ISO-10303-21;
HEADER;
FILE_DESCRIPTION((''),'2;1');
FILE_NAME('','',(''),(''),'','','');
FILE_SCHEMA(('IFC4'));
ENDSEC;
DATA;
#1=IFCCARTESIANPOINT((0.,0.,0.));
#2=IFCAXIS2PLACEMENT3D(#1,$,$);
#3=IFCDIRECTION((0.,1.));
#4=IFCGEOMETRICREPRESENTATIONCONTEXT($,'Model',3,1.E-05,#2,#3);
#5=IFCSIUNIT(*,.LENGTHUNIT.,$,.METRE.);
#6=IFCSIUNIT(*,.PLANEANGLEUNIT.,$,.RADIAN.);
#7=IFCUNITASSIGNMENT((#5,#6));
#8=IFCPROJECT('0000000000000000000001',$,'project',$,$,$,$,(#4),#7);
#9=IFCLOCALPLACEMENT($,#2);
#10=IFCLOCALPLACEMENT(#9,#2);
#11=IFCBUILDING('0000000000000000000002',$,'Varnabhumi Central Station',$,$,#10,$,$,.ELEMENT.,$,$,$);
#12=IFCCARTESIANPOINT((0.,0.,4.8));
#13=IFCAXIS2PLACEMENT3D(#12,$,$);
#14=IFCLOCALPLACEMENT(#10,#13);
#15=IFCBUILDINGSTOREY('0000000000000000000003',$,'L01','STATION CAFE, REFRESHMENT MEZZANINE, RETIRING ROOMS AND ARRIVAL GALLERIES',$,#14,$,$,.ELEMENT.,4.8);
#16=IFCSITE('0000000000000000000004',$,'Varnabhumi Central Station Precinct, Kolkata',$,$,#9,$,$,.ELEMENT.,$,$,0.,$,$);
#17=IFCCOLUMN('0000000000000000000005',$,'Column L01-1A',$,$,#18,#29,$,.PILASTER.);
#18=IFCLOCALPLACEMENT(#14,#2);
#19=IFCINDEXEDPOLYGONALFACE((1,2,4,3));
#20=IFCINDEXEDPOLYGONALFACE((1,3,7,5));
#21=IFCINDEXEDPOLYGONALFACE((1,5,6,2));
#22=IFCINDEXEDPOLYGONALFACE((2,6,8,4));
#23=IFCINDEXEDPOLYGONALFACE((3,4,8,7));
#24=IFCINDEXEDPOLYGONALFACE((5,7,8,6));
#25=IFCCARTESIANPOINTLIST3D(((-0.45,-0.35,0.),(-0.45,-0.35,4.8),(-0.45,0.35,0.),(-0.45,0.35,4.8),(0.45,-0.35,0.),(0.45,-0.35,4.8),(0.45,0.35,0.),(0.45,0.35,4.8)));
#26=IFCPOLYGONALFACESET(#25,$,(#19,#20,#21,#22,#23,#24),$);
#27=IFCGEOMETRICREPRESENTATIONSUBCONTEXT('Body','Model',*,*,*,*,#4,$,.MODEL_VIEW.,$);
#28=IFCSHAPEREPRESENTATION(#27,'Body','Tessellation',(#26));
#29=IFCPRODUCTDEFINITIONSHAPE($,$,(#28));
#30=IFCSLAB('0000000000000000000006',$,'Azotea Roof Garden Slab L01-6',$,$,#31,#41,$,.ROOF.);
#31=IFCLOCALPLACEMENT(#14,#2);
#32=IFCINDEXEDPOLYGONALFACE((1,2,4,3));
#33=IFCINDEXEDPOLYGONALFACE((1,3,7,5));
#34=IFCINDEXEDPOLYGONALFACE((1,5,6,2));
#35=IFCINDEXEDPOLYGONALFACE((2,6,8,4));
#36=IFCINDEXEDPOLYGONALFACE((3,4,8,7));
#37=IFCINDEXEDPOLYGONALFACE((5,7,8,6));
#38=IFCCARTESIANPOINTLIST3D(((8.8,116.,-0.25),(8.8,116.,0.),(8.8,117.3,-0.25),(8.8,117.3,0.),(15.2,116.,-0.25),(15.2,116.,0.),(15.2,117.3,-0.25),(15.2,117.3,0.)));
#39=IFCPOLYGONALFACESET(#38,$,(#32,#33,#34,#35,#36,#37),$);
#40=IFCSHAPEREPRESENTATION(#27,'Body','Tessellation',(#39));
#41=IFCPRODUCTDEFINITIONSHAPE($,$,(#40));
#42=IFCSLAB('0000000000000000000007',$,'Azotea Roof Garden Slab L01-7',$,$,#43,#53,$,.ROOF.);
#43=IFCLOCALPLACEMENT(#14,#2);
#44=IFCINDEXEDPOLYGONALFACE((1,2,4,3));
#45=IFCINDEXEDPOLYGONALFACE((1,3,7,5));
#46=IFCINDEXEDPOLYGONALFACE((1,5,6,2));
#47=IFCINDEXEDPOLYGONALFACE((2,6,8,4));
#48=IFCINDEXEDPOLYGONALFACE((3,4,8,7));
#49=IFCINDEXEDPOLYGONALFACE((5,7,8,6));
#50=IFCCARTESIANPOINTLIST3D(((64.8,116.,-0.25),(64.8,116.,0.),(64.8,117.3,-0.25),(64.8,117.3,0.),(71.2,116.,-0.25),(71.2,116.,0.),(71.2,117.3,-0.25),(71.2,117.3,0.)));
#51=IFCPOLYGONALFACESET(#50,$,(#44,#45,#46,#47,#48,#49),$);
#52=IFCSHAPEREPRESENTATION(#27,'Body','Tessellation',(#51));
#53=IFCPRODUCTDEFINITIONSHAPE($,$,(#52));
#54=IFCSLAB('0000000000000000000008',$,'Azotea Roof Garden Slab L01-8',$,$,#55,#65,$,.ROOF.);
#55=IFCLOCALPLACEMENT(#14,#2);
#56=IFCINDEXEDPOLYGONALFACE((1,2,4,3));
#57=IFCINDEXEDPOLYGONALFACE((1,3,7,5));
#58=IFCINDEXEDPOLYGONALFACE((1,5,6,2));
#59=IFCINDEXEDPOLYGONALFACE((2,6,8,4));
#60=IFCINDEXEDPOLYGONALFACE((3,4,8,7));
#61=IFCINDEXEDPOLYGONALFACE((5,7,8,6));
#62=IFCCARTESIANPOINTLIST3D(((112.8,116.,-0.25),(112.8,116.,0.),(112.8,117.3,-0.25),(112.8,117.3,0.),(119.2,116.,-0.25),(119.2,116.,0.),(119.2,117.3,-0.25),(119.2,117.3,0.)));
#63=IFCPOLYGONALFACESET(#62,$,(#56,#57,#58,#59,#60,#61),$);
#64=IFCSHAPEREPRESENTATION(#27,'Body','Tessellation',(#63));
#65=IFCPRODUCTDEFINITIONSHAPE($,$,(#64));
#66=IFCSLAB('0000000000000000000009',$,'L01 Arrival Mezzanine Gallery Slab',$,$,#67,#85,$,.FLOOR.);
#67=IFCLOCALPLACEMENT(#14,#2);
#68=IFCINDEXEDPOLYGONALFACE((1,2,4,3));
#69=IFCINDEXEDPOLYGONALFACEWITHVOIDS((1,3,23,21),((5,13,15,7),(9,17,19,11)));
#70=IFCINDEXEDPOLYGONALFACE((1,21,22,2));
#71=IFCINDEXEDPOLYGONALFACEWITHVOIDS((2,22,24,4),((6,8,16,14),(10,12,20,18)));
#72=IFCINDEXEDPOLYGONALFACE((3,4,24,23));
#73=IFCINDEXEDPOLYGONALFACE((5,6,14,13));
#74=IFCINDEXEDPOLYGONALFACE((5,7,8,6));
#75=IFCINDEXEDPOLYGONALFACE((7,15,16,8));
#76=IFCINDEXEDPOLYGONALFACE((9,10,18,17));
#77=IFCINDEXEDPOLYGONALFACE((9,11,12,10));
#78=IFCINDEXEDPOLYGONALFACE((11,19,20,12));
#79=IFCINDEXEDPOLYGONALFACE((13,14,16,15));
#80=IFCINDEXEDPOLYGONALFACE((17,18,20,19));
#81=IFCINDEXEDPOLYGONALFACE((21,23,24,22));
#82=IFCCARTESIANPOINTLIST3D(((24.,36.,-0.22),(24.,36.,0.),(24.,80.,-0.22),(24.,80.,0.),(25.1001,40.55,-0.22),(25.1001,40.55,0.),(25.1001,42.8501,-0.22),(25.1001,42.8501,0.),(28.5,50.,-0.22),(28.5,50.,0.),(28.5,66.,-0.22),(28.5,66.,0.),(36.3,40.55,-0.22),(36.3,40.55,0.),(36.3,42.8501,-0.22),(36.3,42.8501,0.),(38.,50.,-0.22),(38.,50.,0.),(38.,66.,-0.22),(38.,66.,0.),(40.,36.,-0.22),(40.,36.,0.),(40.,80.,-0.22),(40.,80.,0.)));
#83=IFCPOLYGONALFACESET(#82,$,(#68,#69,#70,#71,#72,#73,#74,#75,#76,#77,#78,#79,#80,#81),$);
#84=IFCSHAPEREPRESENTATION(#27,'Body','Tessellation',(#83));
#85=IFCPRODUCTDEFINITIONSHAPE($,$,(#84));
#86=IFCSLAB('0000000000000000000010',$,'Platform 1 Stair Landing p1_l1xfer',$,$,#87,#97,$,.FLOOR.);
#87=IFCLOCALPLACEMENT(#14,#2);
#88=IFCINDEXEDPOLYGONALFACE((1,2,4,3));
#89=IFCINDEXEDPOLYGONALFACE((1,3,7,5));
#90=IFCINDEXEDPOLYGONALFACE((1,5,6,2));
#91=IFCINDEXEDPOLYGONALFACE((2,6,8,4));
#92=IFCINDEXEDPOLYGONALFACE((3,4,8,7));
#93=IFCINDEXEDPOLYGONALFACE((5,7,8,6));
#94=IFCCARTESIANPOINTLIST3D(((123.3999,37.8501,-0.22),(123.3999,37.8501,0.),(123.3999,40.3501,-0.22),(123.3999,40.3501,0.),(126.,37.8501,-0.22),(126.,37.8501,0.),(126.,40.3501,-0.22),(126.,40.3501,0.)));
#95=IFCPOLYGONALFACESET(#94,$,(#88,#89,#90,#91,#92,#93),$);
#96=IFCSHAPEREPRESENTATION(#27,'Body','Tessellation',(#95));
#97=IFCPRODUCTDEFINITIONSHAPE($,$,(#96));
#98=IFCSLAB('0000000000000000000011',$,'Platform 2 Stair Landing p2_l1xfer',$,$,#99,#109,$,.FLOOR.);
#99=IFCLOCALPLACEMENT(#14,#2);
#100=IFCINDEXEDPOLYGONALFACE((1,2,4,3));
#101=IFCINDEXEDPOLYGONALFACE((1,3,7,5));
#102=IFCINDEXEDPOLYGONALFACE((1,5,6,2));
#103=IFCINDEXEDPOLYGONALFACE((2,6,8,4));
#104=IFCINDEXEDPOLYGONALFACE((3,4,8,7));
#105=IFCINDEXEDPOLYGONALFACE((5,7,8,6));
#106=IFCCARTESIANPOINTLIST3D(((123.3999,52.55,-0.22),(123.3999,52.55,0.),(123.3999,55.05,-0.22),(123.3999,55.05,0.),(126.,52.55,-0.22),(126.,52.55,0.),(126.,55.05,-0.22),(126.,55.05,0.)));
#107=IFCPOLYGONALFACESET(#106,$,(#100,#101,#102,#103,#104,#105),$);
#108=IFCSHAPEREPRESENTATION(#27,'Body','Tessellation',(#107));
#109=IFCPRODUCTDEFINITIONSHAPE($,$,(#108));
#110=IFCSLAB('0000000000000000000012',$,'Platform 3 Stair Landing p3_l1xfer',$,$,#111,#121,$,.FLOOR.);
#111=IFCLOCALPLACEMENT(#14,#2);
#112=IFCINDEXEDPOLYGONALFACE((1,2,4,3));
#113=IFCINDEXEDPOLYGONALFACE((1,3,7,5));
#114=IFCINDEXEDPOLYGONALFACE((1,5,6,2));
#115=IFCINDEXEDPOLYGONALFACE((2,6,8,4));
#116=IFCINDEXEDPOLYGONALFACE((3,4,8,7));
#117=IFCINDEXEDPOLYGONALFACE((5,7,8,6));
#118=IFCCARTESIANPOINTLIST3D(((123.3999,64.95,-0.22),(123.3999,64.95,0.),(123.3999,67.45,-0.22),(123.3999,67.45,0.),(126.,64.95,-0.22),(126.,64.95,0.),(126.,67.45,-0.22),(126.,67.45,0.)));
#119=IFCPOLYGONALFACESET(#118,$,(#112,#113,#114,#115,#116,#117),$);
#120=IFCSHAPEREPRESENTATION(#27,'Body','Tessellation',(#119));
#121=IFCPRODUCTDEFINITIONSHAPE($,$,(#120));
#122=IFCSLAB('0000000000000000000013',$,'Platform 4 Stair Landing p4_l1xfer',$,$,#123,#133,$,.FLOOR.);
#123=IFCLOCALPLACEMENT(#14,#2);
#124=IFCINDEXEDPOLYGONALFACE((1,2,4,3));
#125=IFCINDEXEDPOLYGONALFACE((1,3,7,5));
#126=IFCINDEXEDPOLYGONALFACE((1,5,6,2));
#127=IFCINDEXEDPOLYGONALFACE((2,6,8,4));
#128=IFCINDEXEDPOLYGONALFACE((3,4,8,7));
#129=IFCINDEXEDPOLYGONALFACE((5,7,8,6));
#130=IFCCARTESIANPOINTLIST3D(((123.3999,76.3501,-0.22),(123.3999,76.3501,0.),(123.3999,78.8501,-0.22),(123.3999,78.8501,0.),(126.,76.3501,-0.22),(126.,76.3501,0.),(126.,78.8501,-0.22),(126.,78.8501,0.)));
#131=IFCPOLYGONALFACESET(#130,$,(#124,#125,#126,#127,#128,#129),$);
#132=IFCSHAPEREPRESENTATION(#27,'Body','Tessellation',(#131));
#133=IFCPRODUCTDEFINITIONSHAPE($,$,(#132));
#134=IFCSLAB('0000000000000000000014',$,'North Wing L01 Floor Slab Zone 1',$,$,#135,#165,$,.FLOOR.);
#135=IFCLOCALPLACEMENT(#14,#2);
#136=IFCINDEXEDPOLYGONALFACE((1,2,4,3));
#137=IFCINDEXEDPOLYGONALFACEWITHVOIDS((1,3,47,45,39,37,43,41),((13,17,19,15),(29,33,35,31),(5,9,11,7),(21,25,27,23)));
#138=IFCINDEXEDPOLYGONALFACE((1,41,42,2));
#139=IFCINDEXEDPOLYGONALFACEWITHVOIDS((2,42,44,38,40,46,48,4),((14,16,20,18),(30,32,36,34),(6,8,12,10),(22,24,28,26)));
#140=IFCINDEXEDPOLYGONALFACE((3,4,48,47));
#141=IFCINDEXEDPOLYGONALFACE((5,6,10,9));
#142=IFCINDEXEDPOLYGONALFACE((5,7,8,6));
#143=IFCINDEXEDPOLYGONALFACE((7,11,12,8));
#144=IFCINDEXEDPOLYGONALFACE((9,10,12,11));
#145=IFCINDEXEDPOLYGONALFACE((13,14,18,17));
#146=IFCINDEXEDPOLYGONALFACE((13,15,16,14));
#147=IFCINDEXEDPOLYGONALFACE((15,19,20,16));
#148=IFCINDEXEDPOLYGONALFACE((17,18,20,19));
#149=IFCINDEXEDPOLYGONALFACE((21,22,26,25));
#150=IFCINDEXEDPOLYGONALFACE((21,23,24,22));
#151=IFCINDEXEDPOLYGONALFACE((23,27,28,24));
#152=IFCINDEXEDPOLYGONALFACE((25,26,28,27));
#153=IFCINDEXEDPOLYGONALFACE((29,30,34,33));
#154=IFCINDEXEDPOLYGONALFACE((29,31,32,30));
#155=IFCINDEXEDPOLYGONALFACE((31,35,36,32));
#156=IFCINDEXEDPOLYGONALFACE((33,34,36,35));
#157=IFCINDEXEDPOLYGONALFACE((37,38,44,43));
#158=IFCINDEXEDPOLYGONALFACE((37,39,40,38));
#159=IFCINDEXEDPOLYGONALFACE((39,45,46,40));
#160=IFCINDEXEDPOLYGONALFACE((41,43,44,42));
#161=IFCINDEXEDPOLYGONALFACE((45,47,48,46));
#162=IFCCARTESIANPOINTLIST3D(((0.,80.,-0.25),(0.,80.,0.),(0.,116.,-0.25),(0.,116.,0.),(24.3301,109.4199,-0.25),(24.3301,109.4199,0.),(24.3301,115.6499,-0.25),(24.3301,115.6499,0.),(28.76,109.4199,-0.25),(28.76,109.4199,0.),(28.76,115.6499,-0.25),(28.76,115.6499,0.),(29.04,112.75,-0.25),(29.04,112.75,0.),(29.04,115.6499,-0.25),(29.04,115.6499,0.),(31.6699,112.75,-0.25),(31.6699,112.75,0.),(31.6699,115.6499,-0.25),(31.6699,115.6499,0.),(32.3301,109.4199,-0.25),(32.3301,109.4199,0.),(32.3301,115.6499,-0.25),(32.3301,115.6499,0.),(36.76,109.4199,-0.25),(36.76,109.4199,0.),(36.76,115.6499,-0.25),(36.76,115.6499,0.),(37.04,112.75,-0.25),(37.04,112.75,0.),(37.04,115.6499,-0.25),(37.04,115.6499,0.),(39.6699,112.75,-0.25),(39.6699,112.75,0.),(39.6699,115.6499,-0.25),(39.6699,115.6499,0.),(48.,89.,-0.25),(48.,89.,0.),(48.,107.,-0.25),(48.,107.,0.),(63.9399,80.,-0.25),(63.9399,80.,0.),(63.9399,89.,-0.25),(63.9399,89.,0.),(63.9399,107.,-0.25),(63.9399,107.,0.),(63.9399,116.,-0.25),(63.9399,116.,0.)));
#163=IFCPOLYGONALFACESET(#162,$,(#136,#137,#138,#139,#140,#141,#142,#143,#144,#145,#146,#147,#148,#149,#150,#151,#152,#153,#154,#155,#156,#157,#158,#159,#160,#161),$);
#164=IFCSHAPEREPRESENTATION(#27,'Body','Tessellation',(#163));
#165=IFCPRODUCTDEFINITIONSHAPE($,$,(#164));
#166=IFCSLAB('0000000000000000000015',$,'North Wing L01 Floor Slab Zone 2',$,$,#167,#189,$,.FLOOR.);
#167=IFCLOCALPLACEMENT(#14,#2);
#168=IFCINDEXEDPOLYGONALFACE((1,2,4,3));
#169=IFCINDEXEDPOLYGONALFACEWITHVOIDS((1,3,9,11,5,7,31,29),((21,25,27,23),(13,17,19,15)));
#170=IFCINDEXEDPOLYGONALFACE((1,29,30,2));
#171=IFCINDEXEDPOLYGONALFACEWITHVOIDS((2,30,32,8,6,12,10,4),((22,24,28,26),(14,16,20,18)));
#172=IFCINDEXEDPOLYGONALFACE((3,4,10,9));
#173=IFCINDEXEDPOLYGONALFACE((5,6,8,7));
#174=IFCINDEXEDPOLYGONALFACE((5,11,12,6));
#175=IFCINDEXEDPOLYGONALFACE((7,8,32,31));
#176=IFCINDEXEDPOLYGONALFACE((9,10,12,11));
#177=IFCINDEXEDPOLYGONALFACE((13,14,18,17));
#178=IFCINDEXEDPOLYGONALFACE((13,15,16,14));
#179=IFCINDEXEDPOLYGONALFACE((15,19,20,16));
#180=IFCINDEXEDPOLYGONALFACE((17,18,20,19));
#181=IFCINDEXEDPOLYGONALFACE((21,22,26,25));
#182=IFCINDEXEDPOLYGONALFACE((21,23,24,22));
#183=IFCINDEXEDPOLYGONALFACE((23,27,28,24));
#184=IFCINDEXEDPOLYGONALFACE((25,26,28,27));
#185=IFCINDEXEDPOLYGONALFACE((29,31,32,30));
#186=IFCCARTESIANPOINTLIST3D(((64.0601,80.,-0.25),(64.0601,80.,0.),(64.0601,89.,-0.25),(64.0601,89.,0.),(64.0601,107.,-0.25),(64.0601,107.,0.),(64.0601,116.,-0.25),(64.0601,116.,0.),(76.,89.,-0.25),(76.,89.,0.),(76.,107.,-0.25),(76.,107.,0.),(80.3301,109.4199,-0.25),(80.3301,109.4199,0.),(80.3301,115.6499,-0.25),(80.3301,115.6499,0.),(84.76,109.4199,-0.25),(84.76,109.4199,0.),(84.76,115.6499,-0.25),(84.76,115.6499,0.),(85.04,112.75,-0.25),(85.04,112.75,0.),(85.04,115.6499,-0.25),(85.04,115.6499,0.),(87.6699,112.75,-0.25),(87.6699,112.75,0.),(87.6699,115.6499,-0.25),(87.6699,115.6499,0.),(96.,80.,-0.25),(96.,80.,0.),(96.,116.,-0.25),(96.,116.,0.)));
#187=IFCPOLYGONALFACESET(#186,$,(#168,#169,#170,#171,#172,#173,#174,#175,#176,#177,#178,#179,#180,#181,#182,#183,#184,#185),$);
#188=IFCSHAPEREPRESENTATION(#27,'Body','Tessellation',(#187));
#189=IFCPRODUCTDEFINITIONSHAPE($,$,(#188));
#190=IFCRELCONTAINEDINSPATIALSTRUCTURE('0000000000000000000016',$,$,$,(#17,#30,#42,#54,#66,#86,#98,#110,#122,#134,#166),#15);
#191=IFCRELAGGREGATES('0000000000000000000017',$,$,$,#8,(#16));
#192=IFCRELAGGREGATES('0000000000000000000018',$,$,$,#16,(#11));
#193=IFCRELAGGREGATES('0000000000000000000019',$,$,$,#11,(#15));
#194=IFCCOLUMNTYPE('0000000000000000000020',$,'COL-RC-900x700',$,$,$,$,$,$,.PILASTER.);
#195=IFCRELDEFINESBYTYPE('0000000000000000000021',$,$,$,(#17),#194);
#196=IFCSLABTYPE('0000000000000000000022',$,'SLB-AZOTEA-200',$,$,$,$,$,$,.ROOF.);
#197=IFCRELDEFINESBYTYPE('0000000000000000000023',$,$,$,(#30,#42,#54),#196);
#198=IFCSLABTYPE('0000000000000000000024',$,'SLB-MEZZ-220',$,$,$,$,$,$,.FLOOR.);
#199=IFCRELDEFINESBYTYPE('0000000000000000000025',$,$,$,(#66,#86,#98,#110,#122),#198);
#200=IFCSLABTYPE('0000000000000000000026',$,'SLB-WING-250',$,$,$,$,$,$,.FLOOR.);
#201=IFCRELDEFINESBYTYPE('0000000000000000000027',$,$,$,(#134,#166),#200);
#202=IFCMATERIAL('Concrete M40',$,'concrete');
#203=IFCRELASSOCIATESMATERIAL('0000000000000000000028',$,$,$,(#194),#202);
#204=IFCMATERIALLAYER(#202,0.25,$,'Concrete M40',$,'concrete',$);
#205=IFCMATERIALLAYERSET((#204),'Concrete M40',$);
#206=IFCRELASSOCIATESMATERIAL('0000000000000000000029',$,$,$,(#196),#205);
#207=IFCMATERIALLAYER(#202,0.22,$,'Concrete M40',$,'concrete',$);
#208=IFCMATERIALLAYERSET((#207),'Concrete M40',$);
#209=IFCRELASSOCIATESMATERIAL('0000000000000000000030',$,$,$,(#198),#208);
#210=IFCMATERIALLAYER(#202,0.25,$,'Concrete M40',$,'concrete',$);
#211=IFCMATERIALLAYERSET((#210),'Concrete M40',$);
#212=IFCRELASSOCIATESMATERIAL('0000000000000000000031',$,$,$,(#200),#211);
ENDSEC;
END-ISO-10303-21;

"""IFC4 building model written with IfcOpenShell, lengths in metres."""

from ifc_helpers import new_model, si_unit, direction, frame, origin, origin_with_axes, origin_2d, place, context, subcontext, project, spatial, polyline, rectangle, outline, extrude, material, layer, layer_set, material_profile, profile_set, type_object, element, save


model = new_model("IFC4")

# Units and contexts
model_context = context("Model", 3, precision=1e-05, world=origin(), true_north=direction((0.0, 1.0)))
body_context = subcontext(model_context, "Body", "Model", "MODEL_VIEW")
ifc_project = project(units=[si_unit("LENGTHUNIT", "METRE"), si_unit("PLANEANGLEUNIT", "RADIAN")], contexts=[model_context])

# Site, building, storey
site_placement = place(None, origin())
site = spatial("IfcSite", under=ifc_project, at=site_placement, Name="Varnabhumi Central Station Precinct, Kolkata", CompositionType="ELEMENT", RefElevation=0.0)
building_placement = place(site_placement, origin())
building = spatial("IfcBuilding", under=site, at=building_placement, Name="Varnabhumi Central Station", CompositionType="ELEMENT")
storey_placement = place(building_placement, frame((0.0, 0.0, 4.8)))
storey = spatial("IfcBuildingStorey", under=building, at=storey_placement, Name="L01", Description="STATION CAFE, REFRESHMENT MEZZANINE, RETIRING ROOMS AND ARRIVAL GALLERIES", CompositionType="ELEMENT", Elevation=4.8)

# Column
ifc_material_1 = material(Name="Concrete M40", Category="concrete")
ifc_material_profile = material_profile(ifc_material_1, rectangle(XDim=0.8999, YDim=0.7, at=origin_2d()), Name="Concrete M40", Category="concrete")
ifc_profile_set = profile_set([ifc_material_profile], Name="Concrete M40")
column_type = type_object("IfcColumnType", Name="COL-RC-900x700", PredefinedType="PILASTER", material=ifc_profile_set)
column_placement = place(storey_placement, origin_with_axes())
element("IfcColumn", 1, at=column_placement, inside=storey, type_object=column_type, Name="Column L01-1A", PredefinedType="PILASTER", context=body_context, shape_type="SweptSolid", body=[
    extrude(rectangle(XDim=0.8999, YDim=0.7, at=origin_2d()), origin(), (0.0, 0.0, 1.0), 4.8),
])

# Slabs
ifc_layer_1 = layer(ifc_material_1, 0.25, Name="Concrete M40", Category="concrete")
ifc_layer_set_1 = layer_set([ifc_layer_1], Name="Concrete M40")
slab_type_1 = type_object("IfcSlabType", Name="SLB-AZOTEA-200", PredefinedType="ROOF", material=ifc_layer_set_1)
slab_1_placement = place(storey_placement, frame((0.0, 0.0, -0.25)))
element("IfcSlab", 2, at=slab_1_placement, inside=storey, type_object=slab_type_1, Name="Azotea Roof Garden Slab L01-6", PredefinedType="ROOF", context=body_context, shape_type="SweptSolid", body=[
    extrude(outline(polyline([(8.8, 116.0), (15.2, 116.0), (15.2, 117.3), (8.8, 117.3), (8.8, 116.0)])), origin(), (0.0, 0.0, 1.0), 0.25),
])
slab_2_placement = place(storey_placement, frame((0.0, 0.0, -0.25)))
element("IfcSlab", 3, at=slab_2_placement, inside=storey, type_object=slab_type_1, Name="Azotea Roof Garden Slab L01-7", PredefinedType="ROOF", context=body_context, shape_type="SweptSolid", body=[
    extrude(outline(polyline([(64.8, 116.0), (71.2, 116.0), (71.2, 117.3), (64.8, 117.3), (64.8, 116.0)])), origin(), (0.0, 0.0, 1.0), 0.25),
])
slab_3_placement = place(storey_placement, frame((0.0, 0.0, -0.25)))
element("IfcSlab", 4, at=slab_3_placement, inside=storey, type_object=slab_type_1, Name="Azotea Roof Garden Slab L01-8", PredefinedType="ROOF", context=body_context, shape_type="SweptSolid", body=[
    extrude(outline(polyline([(112.8, 116.0), (119.2, 116.0), (119.2, 117.3), (112.8, 117.3), (112.8, 116.0)])), origin(), (0.0, 0.0, 1.0), 0.25),
])
ifc_layer_2 = layer(ifc_material_1, 0.22, Name="Concrete M40", Category="concrete")
ifc_layer_set_2 = layer_set([ifc_layer_2], Name="Concrete M40")
slab_type_2 = type_object("IfcSlabType", Name="SLB-MEZZ-220", PredefinedType="FLOOR", material=ifc_layer_set_2)
slab_4_placement = place(storey_placement, frame((0.0, 0.0, -0.22)))
element("IfcSlab", 5, at=slab_4_placement, inside=storey, type_object=slab_type_2, Name="L01 Arrival Mezzanine Gallery Slab", PredefinedType="FLOOR", context=body_context, shape_type="SweptSolid", body=[
    extrude(outline(polyline([(24.0, 36.0), (40.0, 36.0), (40.0, 80.0), (24.0, 80.0), (24.0, 36.0)]), holes=[polyline([(28.5, 50.0), (38.0, 50.0), (38.0, 66.0), (28.5, 66.0), (28.5, 50.0)]), polyline([(25.1001, 40.55), (36.3, 40.55), (36.3, 42.8501), (25.1001, 42.8501), (25.1001, 40.55)])]), origin(), (0.0, 0.0, 1.0), 0.22),
])
slab_5_placement = place(storey_placement, frame((0.0, 0.0, -0.22)))
element("IfcSlab", 6, at=slab_5_placement, inside=storey, type_object=slab_type_2, Name="Platform 1 Stair Landing p1_l1xfer", PredefinedType="FLOOR", context=body_context, shape_type="SweptSolid", body=[
    extrude(outline(polyline([(123.3999, 37.8501), (126.0, 37.8501), (126.0, 40.3501), (123.3999, 40.3501), (123.3999, 37.8501)])), origin(), (0.0, 0.0, 1.0), 0.22),
])
slab_6_placement = place(storey_placement, frame((0.0, 0.0, -0.22)))
element("IfcSlab", 7, at=slab_6_placement, inside=storey, type_object=slab_type_2, Name="Platform 2 Stair Landing p2_l1xfer", PredefinedType="FLOOR", context=body_context, shape_type="SweptSolid", body=[
    extrude(outline(polyline([(123.3999, 52.55), (126.0, 52.55), (126.0, 55.05), (123.3999, 55.05), (123.3999, 52.55)])), origin(), (0.0, 0.0, 1.0), 0.22),
])
slab_7_placement = place(storey_placement, frame((0.0, 0.0, -0.22)))
element("IfcSlab", 8, at=slab_7_placement, inside=storey, type_object=slab_type_2, Name="Platform 3 Stair Landing p3_l1xfer", PredefinedType="FLOOR", context=body_context, shape_type="SweptSolid", body=[
    extrude(outline(polyline([(123.3999, 64.95), (126.0, 64.95), (126.0, 67.45), (123.3999, 67.45), (123.3999, 64.95)])), origin(), (0.0, 0.0, 1.0), 0.22),
])
slab_8_placement = place(storey_placement, frame((0.0, 0.0, -0.22)))
element("IfcSlab", 9, at=slab_8_placement, inside=storey, type_object=slab_type_2, Name="Platform 4 Stair Landing p4_l1xfer", PredefinedType="FLOOR", context=body_context, shape_type="SweptSolid", body=[
    extrude(outline(polyline([(123.3999, 76.3501), (126.0, 76.3501), (126.0, 78.8501), (123.3999, 78.8501), (123.3999, 76.3501)])), origin(), (0.0, 0.0, 1.0), 0.22),
])
ifc_layer_3 = layer(ifc_material_1, 0.25, Name="Concrete M40", Category="concrete")
ifc_layer_set_3 = layer_set([ifc_layer_3], Name="Concrete M40")
slab_type_3 = type_object("IfcSlabType", Name="SLB-WING-250", PredefinedType="FLOOR", material=ifc_layer_set_3)
slab_9_placement = place(storey_placement, frame((0.0, 0.0, -0.25)))
element("IfcSlab", 10, at=slab_9_placement, inside=storey, type_object=slab_type_3, Name="North Wing L01 Floor Slab Zone 1", PredefinedType="FLOOR", context=body_context, shape_type="SweptSolid", body=[
    extrude(outline(polyline([(0.0, 80.0), (63.9399, 80.0), (63.9399, 89.0), (48.0, 89.0), (48.0, 107.0), (63.9399, 107.0), (63.9399, 116.0), (0.0, 116.0), (0.0, 80.0)]), holes=[polyline([(24.3301, 109.4199), (28.76, 109.4199), (28.76, 115.6499), (24.3301, 115.6499), (24.3301, 109.4199)]), polyline([(29.04, 112.75), (31.6699, 112.75), (31.6699, 115.6499), (29.04, 115.6499), (29.04, 112.75)]), polyline([(32.3301, 109.4199), (36.76, 109.4199), (36.76, 115.6499), (32.3301, 115.6499), (32.3301, 109.4199)]), polyline([(37.04, 112.75), (39.6699, 112.75), (39.6699, 115.6499), (37.04, 115.6499), (37.04, 112.75)])]), origin(), (0.0, 0.0, 1.0), 0.25),
])
slab_10_placement = place(storey_placement, frame((0.0, 0.0, -0.25)))
element("IfcSlab", 11, at=slab_10_placement, inside=storey, type_object=slab_type_3, Name="North Wing L01 Floor Slab Zone 2", PredefinedType="FLOOR", context=body_context, shape_type="SweptSolid", body=[
    extrude(outline(polyline([(64.0601, 80.0), (96.0, 80.0), (96.0, 116.0), (64.0601, 116.0), (64.0601, 107.0), (76.0, 107.0), (76.0, 89.0), (64.0601, 89.0), (64.0601, 80.0)]), holes=[polyline([(80.3301, 109.4199), (84.76, 109.4199), (84.76, 115.6499), (80.3301, 115.6499), (80.3301, 109.4199)]), polyline([(85.04, 112.75), (87.6699, 112.75), (87.6699, 115.6499), (85.04, 115.6499), (85.04, 112.75)])]), origin(), (0.0, 0.0, 1.0), 0.25),
])

save(model, "model.ifc")
